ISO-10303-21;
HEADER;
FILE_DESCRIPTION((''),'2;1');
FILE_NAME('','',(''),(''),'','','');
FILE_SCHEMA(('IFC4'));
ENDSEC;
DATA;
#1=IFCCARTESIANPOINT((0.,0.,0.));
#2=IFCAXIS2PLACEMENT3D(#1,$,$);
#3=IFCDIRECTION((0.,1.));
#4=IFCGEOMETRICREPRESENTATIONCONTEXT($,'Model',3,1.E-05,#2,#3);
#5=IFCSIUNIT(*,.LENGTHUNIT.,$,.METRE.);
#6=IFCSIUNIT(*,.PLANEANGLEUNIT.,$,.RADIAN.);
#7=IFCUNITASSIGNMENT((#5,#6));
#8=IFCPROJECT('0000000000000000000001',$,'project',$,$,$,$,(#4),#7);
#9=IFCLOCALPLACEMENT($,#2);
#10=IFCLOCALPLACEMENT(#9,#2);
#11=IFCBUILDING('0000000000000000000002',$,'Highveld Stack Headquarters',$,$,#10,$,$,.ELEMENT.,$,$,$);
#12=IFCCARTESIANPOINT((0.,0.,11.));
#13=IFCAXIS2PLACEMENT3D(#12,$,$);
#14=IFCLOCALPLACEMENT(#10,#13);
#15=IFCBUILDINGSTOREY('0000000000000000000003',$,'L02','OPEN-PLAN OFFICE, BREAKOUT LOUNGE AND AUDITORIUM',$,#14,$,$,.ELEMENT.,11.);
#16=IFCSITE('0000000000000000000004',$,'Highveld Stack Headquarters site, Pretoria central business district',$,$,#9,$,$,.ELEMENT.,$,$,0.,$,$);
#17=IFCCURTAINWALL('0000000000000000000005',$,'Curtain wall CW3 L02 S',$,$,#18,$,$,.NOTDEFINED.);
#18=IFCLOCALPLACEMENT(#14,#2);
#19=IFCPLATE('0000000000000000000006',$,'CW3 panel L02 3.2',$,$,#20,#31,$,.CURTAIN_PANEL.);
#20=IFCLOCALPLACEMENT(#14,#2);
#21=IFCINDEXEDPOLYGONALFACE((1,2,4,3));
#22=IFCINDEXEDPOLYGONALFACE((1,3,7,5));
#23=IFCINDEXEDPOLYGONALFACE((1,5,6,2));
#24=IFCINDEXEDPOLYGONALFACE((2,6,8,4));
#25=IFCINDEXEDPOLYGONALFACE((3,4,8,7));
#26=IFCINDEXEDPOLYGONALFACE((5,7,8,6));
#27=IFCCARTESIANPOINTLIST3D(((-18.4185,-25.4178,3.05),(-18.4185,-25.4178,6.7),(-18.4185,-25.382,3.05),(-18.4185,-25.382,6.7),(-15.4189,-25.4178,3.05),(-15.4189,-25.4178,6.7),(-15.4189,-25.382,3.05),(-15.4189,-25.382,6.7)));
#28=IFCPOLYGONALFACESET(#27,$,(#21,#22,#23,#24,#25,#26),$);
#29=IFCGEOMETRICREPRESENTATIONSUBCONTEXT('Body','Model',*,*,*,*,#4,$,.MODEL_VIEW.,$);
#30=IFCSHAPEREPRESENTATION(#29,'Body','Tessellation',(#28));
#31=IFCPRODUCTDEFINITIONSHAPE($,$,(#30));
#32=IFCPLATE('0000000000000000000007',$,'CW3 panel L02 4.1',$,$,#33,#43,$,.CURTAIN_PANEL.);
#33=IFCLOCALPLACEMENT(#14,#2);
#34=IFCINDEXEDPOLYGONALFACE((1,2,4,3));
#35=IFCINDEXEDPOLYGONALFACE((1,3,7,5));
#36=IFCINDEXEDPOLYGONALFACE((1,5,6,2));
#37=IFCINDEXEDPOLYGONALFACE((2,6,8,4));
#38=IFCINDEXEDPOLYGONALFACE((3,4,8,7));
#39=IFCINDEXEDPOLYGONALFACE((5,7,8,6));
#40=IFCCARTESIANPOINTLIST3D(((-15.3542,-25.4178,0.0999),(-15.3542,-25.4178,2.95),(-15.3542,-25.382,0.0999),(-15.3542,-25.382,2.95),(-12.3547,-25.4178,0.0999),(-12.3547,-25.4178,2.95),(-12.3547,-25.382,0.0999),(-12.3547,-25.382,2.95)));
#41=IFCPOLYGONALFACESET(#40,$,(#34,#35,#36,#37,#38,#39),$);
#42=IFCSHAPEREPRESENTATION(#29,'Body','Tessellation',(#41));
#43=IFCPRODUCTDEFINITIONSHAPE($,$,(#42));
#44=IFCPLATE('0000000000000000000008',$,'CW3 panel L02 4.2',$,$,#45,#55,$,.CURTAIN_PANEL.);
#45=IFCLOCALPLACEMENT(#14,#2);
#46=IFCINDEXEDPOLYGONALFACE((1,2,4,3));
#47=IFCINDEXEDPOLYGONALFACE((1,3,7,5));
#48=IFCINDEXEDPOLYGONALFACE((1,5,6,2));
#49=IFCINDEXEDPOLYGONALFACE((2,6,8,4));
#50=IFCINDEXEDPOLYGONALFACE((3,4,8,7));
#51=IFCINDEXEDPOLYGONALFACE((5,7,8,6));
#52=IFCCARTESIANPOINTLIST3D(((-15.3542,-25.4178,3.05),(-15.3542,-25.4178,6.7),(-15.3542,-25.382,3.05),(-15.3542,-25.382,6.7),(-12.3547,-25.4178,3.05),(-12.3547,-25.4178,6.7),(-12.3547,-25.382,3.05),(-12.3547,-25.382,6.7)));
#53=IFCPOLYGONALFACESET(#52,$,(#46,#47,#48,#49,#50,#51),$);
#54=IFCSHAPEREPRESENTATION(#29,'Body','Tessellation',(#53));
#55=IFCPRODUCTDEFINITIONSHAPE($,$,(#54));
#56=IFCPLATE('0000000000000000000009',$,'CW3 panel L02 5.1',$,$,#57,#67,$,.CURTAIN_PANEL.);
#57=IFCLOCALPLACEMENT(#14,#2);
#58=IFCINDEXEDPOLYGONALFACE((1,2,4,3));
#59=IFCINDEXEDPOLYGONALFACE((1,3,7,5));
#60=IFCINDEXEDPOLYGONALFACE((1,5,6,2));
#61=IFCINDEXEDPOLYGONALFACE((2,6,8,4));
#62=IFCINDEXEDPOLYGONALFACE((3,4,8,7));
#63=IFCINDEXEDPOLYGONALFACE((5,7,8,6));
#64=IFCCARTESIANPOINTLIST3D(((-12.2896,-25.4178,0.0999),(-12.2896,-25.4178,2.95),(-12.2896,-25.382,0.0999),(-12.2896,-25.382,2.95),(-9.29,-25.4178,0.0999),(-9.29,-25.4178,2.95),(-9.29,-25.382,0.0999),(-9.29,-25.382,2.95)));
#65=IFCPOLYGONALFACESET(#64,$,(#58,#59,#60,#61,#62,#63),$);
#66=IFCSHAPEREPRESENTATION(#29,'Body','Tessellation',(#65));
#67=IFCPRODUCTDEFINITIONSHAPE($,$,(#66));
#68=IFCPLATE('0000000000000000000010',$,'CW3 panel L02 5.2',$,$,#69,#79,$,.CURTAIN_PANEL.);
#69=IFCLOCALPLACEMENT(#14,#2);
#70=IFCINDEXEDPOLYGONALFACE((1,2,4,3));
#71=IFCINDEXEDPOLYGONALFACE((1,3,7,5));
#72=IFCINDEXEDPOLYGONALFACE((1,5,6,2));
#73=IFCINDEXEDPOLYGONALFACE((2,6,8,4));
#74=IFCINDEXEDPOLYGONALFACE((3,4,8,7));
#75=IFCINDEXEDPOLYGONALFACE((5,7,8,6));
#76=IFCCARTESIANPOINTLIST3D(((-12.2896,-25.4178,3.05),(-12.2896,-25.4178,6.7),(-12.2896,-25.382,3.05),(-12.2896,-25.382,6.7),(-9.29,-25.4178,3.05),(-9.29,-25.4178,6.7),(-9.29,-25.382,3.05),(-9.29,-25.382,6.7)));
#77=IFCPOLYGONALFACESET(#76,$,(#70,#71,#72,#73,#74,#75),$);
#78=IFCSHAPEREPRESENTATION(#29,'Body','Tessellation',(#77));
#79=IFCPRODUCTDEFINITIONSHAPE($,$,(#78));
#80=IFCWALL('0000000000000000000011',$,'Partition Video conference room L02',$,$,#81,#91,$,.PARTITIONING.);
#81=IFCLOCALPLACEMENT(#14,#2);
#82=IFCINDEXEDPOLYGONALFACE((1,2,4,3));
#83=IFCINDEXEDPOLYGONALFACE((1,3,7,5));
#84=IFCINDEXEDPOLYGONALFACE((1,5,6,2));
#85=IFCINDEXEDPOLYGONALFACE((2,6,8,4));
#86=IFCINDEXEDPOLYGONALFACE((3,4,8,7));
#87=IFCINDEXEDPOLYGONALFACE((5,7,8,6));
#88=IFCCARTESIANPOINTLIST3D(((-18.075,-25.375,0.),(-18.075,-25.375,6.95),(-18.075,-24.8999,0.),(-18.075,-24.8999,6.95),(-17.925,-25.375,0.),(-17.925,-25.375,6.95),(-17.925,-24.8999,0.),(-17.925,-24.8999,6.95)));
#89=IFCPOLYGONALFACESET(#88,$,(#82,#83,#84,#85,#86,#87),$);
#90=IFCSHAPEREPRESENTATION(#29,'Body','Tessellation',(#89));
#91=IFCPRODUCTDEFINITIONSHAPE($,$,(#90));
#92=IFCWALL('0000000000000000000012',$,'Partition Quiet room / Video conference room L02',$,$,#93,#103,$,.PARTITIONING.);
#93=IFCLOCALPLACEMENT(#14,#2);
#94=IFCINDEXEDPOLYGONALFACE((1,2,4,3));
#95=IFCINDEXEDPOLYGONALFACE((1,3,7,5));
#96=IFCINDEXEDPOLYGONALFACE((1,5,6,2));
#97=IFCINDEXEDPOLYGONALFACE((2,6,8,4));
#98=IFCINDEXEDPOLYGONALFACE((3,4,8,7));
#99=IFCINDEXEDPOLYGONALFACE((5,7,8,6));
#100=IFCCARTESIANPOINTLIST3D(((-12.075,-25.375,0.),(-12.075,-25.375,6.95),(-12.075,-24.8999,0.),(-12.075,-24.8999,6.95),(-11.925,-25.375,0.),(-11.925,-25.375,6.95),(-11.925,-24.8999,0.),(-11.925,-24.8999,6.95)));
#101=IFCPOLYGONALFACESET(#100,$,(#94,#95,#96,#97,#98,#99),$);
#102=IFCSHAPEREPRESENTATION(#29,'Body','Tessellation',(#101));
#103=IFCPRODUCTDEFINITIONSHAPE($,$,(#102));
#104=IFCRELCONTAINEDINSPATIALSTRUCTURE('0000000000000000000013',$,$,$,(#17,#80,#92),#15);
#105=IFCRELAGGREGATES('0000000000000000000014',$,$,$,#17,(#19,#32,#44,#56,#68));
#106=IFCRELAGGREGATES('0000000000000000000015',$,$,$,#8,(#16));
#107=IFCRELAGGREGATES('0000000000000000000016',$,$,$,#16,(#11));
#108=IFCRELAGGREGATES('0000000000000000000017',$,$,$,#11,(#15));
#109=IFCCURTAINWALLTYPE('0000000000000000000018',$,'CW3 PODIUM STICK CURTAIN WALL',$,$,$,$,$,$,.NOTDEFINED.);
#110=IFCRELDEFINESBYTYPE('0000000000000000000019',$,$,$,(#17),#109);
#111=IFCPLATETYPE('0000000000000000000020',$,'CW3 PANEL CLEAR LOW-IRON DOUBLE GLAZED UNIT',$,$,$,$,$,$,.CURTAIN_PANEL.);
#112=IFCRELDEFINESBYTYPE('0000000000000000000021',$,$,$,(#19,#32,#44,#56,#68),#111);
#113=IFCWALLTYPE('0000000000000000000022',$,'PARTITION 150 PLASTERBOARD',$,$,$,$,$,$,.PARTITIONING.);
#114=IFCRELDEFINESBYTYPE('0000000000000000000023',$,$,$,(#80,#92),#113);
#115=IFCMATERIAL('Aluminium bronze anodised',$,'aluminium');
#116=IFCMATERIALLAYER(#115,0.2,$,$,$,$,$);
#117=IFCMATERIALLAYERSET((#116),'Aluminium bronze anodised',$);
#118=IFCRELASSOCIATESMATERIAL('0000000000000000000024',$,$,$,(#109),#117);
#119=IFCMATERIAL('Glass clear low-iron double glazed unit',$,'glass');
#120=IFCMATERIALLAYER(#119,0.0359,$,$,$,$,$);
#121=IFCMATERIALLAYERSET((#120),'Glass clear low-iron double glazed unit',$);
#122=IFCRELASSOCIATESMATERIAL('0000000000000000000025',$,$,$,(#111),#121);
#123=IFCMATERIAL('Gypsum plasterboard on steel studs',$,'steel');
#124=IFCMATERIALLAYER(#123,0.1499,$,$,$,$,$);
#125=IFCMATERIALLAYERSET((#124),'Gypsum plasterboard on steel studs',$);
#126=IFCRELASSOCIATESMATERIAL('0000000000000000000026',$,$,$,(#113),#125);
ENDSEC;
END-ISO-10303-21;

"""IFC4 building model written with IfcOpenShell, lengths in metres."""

from ifc_helpers import new_model, si_unit, direction, frame, frame_2d, origin, origin_2d, place, context, subcontext, project, spatial, rectangle, extrude, material, layer, layer_set, type_object, element, aggregate, save


model = new_model("IFC4")

# Units and contexts
model_context = context("Model", 3, precision=1e-05, world=origin(), true_north=direction((0.0, 1.0)))
body_context = subcontext(model_context, "Body", "Model", "MODEL_VIEW")
ifc_project = project(units=[si_unit("LENGTHUNIT", "METRE"), si_unit("PLANEANGLEUNIT", "RADIAN")], contexts=[model_context])

# Site, building, storey
site_placement = place(None, origin())
site = spatial("IfcSite", under=ifc_project, at=site_placement, Name="Highveld Stack Headquarters site, Pretoria central business district", CompositionType="ELEMENT", RefElevation=0.0)
building_placement = place(site_placement, origin())
building = spatial("IfcBuilding", under=site, at=building_placement, Name="Highveld Stack Headquarters", CompositionType="ELEMENT")
storey_placement = place(building_placement, frame((0.0, 0.0, 11.0)))
storey = spatial("IfcBuildingStorey", under=building, at=storey_placement, Name="L02", Description="OPEN-PLAN OFFICE, BREAKOUT LOUNGE AND AUDITORIUM", CompositionType="ELEMENT", Elevation=11.0)

# Curtain wall, plates
ifc_material_1 = material(Name="Aluminium bronze anodised", Category="aluminium")
ifc_layer_1 = layer(ifc_material_1, 0.2)
ifc_layer_set_1 = layer_set([ifc_layer_1], Name="Aluminium bronze anodised")
curtain_wall_type = type_object("IfcCurtainWallType", Name="CW3 PODIUM STICK CURTAIN WALL", PredefinedType="NOTDEFINED", material=ifc_layer_set_1)
curtain_wall_placement = place(storey_placement, origin())
curtain_wall = element("IfcCurtainWall", 1, at=curtain_wall_placement, inside=storey, type_object=curtain_wall_type, Name="Curtain wall CW3 L02 S", PredefinedType="NOTDEFINED")
ifc_material_2 = material(Name="Glass clear low-iron double glazed unit", Category="glass")
ifc_layer_2 = layer(ifc_material_2, 0.0359)
ifc_layer_set_2 = layer_set([ifc_layer_2], Name="Glass clear low-iron double glazed unit")
plate_type = type_object("IfcPlateType", Name="CW3 PANEL CLEAR LOW-IRON DOUBLE GLAZED UNIT", PredefinedType="CURTAIN_PANEL", material=ifc_layer_set_2)
plate_1_placement = place(storey_placement, frame((-16.9187, -25.3999, 3.05), z_axis=(0.0, 0.0, 1.0), x_axis=(1.0, 0.0, 0.0)))
plate_1 = element("IfcPlate", 2, at=plate_1_placement, type_object=plate_type, Name="CW3 panel L02 3.2", PredefinedType="CURTAIN_PANEL", context=body_context, shape_type="SweptSolid", body=[
    extrude(rectangle(XDim=2.9995, YDim=0.0359, at=origin_2d()), origin(), (0.0, 0.0, 1.0), 3.6499),
])
plate_2_placement = place(storey_placement, frame((-13.8545, -25.3999, 0.0999), z_axis=(0.0, 0.0, 1.0), x_axis=(1.0, 0.0, 0.0)))
plate_2 = element("IfcPlate", 3, at=plate_2_placement, type_object=plate_type, Name="CW3 panel L02 4.1", PredefinedType="CURTAIN_PANEL", context=body_context, shape_type="SweptSolid", body=[
    extrude(rectangle(XDim=2.9995, YDim=0.0359, at=origin_2d()), origin(), (0.0, 0.0, 1.0), 2.8501),
])
plate_3_placement = place(storey_placement, frame((-13.8545, -25.3999, 3.05), z_axis=(0.0, 0.0, 1.0), x_axis=(1.0, 0.0, 0.0)))
plate_3 = element("IfcPlate", 4, at=plate_3_placement, type_object=plate_type, Name="CW3 panel L02 4.2", PredefinedType="CURTAIN_PANEL", context=body_context, shape_type="SweptSolid", body=[
    extrude(rectangle(XDim=2.9995, YDim=0.0359, at=origin_2d()), origin(), (0.0, 0.0, 1.0), 3.6499),
])
plate_4_placement = place(storey_placement, frame((-10.7898, -25.3999, 0.0999), z_axis=(0.0, 0.0, 1.0), x_axis=(1.0, 0.0, 0.0)))
plate_4 = element("IfcPlate", 5, at=plate_4_placement, type_object=plate_type, Name="CW3 panel L02 5.1", PredefinedType="CURTAIN_PANEL", context=body_context, shape_type="SweptSolid", body=[
    extrude(rectangle(XDim=2.9995, YDim=0.0359, at=origin_2d()), origin(), (0.0, 0.0, 1.0), 2.8501),
])
plate_5_placement = place(storey_placement, frame((-10.7898, -25.3999, 3.05), z_axis=(0.0, 0.0, 1.0), x_axis=(1.0, 0.0, 0.0)))
plate_5 = element("IfcPlate", 6, at=plate_5_placement, type_object=plate_type, Name="CW3 panel L02 5.2", PredefinedType="CURTAIN_PANEL", context=body_context, shape_type="SweptSolid", body=[
    extrude(rectangle(XDim=2.9995, YDim=0.0359, at=origin_2d()), origin(), (0.0, 0.0, 1.0), 3.6499),
])
aggregate(curtain_wall, [plate_1, plate_2, plate_3, plate_4, plate_5])

# Walls
ifc_material_3 = material(Name="Gypsum plasterboard on steel studs", Category="steel")
ifc_layer_3 = layer(ifc_material_3, 0.1499)
ifc_layer_set_3 = layer_set([ifc_layer_3], Name="Gypsum plasterboard on steel studs")
wall_type = type_object("IfcWallType", Name="PARTITION 150 PLASTERBOARD", PredefinedType="PARTITIONING", material=ifc_layer_set_3)
for number, where, z_axis, x_axis, name in (
    (7, (-18.0, -25.375, 0.0), (0.0, 0.0, 1.0), (0.0, 1.0, 0.0), "Partition Video conference room L02"),
    (8, (-12.0, -25.375, 0.0), (0.0, 0.0, 1.0), (0.0, 1.0, 0.0), "Partition Quiet room / Video conference room L02"),
):
    element("IfcWall", number, at=place(storey_placement, frame(where, z_axis=z_axis, x_axis=x_axis)), inside=storey, type_object=wall_type, Name=name, PredefinedType="PARTITIONING", context=body_context, shape_type="SweptSolid", body=[
        extrude(rectangle(XDim=0.4751, YDim=0.1499, at=frame_2d((0.2375, 0.0))), origin(), (0.0, 0.0, 1.0), 6.95),
    ])

save(model, "model.ifc")
